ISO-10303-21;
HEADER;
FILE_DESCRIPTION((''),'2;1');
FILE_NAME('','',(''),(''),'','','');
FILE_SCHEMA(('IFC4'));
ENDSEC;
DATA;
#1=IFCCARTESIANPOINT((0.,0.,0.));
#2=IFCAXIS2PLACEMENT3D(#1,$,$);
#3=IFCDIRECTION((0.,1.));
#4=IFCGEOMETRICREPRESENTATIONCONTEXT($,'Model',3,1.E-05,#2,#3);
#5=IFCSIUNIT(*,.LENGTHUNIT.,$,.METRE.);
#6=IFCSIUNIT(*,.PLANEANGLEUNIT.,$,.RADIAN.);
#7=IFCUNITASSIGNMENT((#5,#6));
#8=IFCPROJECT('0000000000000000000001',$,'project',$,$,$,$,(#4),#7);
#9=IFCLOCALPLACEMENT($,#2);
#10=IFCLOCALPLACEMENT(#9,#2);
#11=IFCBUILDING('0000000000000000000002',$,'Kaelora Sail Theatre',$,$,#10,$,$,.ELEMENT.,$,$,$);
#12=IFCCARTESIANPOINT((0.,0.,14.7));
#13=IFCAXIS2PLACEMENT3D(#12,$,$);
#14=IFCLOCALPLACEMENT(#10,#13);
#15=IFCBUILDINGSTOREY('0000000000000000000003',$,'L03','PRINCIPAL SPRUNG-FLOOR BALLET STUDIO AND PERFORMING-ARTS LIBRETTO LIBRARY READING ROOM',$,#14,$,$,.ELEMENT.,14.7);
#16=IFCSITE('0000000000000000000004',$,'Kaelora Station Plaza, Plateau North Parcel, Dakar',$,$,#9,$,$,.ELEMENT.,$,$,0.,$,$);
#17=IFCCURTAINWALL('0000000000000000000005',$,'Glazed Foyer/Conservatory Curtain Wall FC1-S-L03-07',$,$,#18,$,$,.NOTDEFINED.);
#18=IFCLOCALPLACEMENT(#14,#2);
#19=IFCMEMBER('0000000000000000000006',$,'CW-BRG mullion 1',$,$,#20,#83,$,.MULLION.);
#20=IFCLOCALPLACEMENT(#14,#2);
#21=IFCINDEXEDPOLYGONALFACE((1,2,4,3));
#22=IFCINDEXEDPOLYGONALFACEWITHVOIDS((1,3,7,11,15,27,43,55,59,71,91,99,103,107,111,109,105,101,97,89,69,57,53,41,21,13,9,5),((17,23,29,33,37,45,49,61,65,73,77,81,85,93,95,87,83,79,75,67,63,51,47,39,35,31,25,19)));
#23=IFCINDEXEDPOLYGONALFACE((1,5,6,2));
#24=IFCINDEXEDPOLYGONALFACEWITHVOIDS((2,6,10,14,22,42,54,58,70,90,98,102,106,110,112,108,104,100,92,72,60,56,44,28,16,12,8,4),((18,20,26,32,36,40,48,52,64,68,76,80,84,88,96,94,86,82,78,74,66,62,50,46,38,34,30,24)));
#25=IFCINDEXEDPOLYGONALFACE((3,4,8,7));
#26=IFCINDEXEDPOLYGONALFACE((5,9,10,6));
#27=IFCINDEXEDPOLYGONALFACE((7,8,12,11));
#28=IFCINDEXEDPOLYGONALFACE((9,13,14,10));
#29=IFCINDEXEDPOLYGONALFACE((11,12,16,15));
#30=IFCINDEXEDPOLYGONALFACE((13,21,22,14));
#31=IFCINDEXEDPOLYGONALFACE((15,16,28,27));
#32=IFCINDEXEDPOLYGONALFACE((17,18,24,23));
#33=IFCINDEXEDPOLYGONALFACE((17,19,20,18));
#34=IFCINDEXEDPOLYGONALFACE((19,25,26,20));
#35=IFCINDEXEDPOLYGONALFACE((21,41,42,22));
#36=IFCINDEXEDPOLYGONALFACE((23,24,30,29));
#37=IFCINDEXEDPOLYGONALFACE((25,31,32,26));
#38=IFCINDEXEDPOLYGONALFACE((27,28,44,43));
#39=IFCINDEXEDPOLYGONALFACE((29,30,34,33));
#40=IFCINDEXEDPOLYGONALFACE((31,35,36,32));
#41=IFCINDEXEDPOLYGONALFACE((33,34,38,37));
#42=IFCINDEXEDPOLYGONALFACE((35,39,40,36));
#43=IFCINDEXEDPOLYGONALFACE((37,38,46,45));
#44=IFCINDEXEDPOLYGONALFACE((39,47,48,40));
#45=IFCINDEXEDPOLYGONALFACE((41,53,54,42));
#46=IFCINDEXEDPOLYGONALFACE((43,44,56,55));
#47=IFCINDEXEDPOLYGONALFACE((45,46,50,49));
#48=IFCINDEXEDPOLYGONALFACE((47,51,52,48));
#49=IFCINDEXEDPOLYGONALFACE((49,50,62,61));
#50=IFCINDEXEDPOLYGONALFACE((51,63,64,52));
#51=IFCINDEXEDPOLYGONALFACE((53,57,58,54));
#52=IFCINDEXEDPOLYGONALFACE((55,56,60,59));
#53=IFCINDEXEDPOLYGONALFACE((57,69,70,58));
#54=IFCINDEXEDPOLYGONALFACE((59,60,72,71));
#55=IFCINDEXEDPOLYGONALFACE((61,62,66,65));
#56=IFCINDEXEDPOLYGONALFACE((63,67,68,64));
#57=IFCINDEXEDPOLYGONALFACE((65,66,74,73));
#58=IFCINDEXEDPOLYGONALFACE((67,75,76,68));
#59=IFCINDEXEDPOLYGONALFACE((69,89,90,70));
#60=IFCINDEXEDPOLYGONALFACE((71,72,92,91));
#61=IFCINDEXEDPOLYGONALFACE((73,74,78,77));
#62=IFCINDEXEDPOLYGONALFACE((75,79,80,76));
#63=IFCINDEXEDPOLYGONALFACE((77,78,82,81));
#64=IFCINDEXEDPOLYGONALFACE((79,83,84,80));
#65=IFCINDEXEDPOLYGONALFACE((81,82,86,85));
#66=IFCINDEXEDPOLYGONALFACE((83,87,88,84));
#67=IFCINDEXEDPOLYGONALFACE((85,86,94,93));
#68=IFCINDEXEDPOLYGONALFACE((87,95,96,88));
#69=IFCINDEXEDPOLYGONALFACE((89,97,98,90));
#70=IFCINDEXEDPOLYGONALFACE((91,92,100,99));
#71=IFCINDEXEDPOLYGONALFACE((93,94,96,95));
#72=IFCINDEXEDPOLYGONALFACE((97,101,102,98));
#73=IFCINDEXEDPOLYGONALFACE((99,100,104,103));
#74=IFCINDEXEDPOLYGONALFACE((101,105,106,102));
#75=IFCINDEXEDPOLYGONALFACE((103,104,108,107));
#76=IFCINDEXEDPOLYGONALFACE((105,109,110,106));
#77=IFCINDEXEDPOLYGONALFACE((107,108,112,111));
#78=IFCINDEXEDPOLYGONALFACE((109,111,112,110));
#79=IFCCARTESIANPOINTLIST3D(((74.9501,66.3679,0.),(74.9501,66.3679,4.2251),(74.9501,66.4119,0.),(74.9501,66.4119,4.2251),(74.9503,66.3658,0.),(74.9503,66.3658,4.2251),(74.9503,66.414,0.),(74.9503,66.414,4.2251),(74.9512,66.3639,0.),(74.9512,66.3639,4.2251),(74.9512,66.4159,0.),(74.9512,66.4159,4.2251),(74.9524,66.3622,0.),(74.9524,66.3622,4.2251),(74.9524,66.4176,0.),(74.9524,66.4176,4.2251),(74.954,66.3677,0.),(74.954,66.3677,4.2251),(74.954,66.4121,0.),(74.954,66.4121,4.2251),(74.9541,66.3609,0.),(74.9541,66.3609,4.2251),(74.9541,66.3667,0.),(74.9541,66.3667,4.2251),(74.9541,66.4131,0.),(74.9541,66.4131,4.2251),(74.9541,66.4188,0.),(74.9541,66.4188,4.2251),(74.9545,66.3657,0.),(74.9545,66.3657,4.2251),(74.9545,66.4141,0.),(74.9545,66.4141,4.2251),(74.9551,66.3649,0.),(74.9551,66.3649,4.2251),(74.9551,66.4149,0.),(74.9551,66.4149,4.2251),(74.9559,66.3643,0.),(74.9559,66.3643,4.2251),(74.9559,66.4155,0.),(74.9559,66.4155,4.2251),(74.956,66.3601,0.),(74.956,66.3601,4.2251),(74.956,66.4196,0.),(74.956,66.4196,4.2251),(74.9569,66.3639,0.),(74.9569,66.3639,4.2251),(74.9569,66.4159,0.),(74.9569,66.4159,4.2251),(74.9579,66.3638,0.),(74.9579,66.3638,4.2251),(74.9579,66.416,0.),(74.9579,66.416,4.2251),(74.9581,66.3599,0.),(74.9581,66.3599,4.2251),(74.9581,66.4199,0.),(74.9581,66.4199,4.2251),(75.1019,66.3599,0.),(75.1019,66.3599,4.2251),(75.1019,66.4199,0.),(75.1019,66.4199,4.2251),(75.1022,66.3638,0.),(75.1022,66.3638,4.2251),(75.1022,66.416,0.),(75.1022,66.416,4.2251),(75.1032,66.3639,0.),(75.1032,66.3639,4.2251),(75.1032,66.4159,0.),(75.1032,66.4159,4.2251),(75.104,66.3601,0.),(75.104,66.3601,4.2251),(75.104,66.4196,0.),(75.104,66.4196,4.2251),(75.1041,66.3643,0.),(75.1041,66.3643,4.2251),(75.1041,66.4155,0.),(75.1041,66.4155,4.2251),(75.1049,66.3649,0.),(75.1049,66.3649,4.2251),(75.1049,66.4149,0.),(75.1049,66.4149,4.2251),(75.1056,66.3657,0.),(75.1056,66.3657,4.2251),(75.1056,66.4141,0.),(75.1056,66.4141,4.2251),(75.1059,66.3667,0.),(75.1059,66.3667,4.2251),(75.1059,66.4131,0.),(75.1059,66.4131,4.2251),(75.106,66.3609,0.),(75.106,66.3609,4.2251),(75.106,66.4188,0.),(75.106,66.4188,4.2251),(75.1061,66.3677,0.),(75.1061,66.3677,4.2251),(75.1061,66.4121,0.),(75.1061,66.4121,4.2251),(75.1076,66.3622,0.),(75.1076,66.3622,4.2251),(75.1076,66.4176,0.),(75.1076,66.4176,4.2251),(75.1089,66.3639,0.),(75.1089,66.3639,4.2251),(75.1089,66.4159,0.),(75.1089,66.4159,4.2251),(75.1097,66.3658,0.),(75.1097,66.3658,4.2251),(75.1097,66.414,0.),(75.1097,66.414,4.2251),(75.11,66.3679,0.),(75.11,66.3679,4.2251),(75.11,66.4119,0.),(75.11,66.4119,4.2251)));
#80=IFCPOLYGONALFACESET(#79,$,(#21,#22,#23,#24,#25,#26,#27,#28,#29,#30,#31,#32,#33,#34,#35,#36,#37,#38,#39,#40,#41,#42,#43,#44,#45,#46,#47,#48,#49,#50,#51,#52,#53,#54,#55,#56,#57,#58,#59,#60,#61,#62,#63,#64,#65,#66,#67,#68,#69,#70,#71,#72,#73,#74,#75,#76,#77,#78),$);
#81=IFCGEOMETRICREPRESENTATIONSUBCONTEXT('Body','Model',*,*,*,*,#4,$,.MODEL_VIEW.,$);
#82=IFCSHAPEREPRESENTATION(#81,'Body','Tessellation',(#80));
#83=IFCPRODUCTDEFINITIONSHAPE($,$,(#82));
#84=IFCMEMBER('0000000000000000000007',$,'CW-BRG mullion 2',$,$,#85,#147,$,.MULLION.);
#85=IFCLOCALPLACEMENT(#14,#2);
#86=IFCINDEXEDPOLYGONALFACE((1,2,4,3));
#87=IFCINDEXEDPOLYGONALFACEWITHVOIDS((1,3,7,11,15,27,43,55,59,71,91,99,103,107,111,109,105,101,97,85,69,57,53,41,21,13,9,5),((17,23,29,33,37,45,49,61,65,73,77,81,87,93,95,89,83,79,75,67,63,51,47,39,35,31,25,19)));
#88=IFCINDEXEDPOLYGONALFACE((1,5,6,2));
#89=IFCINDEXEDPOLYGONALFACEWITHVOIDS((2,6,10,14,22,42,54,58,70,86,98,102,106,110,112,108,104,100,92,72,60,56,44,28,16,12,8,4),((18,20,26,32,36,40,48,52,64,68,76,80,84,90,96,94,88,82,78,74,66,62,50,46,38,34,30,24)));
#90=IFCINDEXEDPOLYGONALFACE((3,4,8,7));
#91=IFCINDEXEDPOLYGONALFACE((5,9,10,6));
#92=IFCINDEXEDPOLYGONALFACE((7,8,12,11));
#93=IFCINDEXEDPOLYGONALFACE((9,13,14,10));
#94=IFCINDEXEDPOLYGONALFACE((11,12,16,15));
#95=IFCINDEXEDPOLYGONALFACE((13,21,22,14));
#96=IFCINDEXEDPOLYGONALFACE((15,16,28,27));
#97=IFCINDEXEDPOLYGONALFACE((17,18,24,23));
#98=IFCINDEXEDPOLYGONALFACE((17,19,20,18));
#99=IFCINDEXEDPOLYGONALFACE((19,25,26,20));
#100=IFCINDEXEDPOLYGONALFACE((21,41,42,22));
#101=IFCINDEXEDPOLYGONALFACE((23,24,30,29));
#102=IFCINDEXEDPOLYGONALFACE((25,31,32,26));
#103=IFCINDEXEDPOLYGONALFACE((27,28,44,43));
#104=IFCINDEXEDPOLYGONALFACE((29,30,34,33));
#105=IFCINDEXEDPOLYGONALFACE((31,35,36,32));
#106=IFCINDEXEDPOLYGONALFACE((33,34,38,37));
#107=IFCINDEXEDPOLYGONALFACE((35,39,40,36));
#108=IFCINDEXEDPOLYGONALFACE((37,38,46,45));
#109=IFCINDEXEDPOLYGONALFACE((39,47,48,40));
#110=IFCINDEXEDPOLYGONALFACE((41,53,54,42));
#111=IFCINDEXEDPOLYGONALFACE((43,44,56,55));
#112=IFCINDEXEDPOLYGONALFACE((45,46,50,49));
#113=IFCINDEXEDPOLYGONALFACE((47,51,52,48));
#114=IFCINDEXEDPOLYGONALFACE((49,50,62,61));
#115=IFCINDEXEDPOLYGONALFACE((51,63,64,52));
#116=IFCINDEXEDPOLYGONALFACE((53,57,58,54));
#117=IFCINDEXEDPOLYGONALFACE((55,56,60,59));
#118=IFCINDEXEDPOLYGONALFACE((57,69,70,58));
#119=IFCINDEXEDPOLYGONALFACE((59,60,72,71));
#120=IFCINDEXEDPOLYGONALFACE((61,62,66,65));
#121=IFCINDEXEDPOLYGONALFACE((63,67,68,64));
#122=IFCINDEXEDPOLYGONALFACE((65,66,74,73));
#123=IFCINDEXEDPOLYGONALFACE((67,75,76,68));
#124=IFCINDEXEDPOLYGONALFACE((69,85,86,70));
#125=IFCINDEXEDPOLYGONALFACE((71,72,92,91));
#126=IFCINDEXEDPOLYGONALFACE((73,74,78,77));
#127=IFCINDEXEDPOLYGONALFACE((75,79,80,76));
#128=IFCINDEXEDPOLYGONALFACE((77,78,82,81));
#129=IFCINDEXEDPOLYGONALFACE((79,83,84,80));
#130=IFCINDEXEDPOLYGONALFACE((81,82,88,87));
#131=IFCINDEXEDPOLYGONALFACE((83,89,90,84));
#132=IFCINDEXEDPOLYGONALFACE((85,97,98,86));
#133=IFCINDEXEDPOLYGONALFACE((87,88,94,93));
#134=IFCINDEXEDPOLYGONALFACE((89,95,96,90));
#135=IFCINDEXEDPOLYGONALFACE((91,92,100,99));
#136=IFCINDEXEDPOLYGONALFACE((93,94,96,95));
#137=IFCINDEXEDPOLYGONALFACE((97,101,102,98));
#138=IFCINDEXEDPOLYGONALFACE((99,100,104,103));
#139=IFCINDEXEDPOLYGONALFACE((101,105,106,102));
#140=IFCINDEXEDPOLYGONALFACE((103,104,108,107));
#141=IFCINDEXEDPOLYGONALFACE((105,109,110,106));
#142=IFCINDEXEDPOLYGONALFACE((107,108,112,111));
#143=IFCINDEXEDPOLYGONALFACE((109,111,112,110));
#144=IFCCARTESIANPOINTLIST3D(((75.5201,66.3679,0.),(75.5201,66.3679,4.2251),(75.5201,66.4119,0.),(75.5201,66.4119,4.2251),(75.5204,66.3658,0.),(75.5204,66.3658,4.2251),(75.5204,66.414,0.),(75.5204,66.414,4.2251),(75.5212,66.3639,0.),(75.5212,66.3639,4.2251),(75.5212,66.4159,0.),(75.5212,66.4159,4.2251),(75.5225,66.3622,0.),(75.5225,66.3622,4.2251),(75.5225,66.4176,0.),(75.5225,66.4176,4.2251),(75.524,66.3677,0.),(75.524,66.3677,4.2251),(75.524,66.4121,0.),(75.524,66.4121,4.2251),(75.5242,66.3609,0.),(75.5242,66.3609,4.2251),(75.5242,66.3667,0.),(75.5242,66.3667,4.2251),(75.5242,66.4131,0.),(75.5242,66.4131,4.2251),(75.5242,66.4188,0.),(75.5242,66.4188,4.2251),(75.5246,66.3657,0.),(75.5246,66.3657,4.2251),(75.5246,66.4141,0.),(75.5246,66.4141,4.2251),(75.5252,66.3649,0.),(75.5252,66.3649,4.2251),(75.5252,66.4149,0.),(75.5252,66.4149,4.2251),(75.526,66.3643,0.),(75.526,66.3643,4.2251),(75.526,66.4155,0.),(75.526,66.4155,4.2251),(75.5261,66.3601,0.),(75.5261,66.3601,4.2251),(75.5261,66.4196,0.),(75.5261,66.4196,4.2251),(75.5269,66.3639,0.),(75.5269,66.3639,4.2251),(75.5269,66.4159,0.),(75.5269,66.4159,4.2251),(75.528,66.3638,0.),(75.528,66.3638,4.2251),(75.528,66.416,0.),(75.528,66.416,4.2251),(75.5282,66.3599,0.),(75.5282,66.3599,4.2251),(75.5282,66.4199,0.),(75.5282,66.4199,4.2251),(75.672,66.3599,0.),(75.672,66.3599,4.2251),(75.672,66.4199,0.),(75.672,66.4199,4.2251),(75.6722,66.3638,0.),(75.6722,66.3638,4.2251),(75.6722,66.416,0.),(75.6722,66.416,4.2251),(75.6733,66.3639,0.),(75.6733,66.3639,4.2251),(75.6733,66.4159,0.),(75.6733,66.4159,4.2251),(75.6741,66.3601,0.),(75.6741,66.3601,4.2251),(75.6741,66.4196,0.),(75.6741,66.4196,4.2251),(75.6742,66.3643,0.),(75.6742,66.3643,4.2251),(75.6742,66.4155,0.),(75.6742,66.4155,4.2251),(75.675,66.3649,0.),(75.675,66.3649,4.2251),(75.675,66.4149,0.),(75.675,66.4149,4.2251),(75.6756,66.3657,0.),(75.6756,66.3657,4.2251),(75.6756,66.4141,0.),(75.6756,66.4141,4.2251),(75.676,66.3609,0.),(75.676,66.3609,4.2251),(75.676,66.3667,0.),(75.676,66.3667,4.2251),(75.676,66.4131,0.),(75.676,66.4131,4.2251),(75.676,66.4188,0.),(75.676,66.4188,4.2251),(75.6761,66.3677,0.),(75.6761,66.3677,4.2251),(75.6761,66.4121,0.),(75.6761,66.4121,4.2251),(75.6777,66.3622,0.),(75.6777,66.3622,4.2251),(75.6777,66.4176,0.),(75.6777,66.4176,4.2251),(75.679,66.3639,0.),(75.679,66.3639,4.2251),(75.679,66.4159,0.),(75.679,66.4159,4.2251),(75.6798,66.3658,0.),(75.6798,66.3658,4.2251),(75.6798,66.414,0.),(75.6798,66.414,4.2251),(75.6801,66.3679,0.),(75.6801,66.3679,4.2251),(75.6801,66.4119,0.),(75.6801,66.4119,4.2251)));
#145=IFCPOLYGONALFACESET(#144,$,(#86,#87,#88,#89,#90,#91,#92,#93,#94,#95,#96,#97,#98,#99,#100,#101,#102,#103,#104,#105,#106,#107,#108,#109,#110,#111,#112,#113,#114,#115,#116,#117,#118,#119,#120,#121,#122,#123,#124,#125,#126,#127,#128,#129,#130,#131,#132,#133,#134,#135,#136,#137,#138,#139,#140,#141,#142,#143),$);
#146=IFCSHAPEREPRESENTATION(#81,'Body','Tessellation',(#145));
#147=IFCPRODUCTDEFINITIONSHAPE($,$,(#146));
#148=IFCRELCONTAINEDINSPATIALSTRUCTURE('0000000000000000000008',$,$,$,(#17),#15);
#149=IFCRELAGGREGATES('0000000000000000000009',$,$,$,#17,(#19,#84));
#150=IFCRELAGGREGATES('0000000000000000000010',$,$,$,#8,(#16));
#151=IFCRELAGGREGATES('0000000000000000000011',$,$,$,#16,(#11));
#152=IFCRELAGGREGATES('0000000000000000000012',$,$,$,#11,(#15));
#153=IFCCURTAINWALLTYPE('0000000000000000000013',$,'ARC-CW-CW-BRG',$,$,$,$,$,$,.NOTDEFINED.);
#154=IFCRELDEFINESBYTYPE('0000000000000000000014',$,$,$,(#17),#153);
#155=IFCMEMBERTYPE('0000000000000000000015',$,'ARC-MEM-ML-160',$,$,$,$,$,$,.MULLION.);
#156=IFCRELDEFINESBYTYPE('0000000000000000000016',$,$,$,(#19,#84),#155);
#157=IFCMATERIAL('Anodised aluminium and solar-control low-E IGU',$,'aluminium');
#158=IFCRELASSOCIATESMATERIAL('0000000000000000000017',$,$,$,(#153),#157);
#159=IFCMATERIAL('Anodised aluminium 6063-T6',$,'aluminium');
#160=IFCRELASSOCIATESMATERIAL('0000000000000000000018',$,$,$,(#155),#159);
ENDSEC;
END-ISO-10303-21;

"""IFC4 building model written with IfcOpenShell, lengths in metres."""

from ifc_helpers import new_model, si_unit, direction, frame, origin, origin_2d, place, context, subcontext, project, spatial, hollow_rectangle, extrude, material, material_profile, profile_set, type_object, element, aggregate, save


model = new_model("IFC4")

# Units and contexts
model_context = context("Model", 3, precision=1e-05, world=origin(), true_north=direction((0.0, 1.0)))
body_context = subcontext(model_context, "Body", "Model", "MODEL_VIEW")
ifc_project = project(units=[si_unit("LENGTHUNIT", "METRE"), si_unit("PLANEANGLEUNIT", "RADIAN")], contexts=[model_context])

# Site, building, storey
site_placement = place(None, origin())
site = spatial("IfcSite", under=ifc_project, at=site_placement, Name="Kaelora Station Plaza, Plateau North Parcel, Dakar", CompositionType="ELEMENT", RefElevation=0.0)
building_placement = place(site_placement, origin())
building = spatial("IfcBuilding", under=site, at=building_placement, Name="Kaelora Sail Theatre", CompositionType="ELEMENT")
storey_placement = place(building_placement, frame((0.0, 0.0, 14.7)))
storey = spatial("IfcBuildingStorey", under=building, at=storey_placement, Name="L03", Description="PRINCIPAL SPRUNG-FLOOR BALLET STUDIO AND PERFORMING-ARTS LIBRETTO LIBRARY READING ROOM", CompositionType="ELEMENT", Elevation=14.7)

# Curtain wall, members
ifc_material_1 = material(Name="Anodised aluminium and solar-control low-E IGU", Category="aluminium")
curtain_wall_type = type_object("IfcCurtainWallType", Name="ARC-CW-CW-BRG", PredefinedType="NOTDEFINED", material=ifc_material_1)
ifc_material_2 = material(Name="Anodised aluminium 6063-T6", Category="aluminium")
ifc_material_profile_1 = material_profile(ifc_material_2, hollow_rectangle(XDim=0.0601, YDim=0.1599, WallThickness=0.0039, InnerFilletRadius=0.0039, OuterFilletRadius=0.0081, at=origin_2d()), Name="ALU-MULL 60x160x4")
ifc_profile_set_1 = profile_set([ifc_material_profile_1], Name="Anodised aluminium 6063-T6")
member_type_1 = type_object("IfcMemberType", Name="ARC-MEM-ML-160", PredefinedType="MULLION", material=ifc_profile_set_1)
curtain_wall_1_placement = place(storey_placement, origin())
curtain_wall_1 = element("IfcCurtainWall", 1, at=curtain_wall_1_placement, inside=storey, type_object=curtain_wall_type, Name="Glazed Foyer/Conservatory Curtain Wall FC1-S-L03-07", PredefinedType="NOTDEFINED")
member_1_placement = place(storey_placement, frame((75.03, 66.3899, 0.0), z_axis=(0.0, 0.0, 1.0), x_axis=(0.0, 1.0, 0.0)))
member_1 = element("IfcMember", 2, at=member_1_placement, type_object=member_type_1, Name="CW-BRG mullion 1", PredefinedType="MULLION", context=body_context, shape_type="SweptSolid", body=[
    extrude(hollow_rectangle(XDim=0.0601, YDim=0.1599, WallThickness=0.0039, InnerFilletRadius=0.0039, OuterFilletRadius=0.0081, at=origin_2d()), origin(), (0.0, 0.0, 1.0), 4.2251),
])
member_2_placement = place(storey_placement, frame((75.6001, 66.3899, 0.0), z_axis=(0.0, 0.0, 1.0), x_axis=(0.0, 1.0, 0.0)))
member_2 = element("IfcMember", 3, at=member_2_placement, type_object=member_type_1, Name="CW-BRG mullion 2", PredefinedType="MULLION", context=body_context, shape_type="SweptSolid", body=[
    extrude(hollow_rectangle(XDim=0.0601, YDim=0.1599, WallThickness=0.0039, InnerFilletRadius=0.0039, OuterFilletRadius=0.0081, at=origin_2d()), origin(), (0.0, 0.0, 1.0), 4.2251),
])

aggregate(curtain_wall_1, [member_1, member_2])

save(model, "model.ifc")
